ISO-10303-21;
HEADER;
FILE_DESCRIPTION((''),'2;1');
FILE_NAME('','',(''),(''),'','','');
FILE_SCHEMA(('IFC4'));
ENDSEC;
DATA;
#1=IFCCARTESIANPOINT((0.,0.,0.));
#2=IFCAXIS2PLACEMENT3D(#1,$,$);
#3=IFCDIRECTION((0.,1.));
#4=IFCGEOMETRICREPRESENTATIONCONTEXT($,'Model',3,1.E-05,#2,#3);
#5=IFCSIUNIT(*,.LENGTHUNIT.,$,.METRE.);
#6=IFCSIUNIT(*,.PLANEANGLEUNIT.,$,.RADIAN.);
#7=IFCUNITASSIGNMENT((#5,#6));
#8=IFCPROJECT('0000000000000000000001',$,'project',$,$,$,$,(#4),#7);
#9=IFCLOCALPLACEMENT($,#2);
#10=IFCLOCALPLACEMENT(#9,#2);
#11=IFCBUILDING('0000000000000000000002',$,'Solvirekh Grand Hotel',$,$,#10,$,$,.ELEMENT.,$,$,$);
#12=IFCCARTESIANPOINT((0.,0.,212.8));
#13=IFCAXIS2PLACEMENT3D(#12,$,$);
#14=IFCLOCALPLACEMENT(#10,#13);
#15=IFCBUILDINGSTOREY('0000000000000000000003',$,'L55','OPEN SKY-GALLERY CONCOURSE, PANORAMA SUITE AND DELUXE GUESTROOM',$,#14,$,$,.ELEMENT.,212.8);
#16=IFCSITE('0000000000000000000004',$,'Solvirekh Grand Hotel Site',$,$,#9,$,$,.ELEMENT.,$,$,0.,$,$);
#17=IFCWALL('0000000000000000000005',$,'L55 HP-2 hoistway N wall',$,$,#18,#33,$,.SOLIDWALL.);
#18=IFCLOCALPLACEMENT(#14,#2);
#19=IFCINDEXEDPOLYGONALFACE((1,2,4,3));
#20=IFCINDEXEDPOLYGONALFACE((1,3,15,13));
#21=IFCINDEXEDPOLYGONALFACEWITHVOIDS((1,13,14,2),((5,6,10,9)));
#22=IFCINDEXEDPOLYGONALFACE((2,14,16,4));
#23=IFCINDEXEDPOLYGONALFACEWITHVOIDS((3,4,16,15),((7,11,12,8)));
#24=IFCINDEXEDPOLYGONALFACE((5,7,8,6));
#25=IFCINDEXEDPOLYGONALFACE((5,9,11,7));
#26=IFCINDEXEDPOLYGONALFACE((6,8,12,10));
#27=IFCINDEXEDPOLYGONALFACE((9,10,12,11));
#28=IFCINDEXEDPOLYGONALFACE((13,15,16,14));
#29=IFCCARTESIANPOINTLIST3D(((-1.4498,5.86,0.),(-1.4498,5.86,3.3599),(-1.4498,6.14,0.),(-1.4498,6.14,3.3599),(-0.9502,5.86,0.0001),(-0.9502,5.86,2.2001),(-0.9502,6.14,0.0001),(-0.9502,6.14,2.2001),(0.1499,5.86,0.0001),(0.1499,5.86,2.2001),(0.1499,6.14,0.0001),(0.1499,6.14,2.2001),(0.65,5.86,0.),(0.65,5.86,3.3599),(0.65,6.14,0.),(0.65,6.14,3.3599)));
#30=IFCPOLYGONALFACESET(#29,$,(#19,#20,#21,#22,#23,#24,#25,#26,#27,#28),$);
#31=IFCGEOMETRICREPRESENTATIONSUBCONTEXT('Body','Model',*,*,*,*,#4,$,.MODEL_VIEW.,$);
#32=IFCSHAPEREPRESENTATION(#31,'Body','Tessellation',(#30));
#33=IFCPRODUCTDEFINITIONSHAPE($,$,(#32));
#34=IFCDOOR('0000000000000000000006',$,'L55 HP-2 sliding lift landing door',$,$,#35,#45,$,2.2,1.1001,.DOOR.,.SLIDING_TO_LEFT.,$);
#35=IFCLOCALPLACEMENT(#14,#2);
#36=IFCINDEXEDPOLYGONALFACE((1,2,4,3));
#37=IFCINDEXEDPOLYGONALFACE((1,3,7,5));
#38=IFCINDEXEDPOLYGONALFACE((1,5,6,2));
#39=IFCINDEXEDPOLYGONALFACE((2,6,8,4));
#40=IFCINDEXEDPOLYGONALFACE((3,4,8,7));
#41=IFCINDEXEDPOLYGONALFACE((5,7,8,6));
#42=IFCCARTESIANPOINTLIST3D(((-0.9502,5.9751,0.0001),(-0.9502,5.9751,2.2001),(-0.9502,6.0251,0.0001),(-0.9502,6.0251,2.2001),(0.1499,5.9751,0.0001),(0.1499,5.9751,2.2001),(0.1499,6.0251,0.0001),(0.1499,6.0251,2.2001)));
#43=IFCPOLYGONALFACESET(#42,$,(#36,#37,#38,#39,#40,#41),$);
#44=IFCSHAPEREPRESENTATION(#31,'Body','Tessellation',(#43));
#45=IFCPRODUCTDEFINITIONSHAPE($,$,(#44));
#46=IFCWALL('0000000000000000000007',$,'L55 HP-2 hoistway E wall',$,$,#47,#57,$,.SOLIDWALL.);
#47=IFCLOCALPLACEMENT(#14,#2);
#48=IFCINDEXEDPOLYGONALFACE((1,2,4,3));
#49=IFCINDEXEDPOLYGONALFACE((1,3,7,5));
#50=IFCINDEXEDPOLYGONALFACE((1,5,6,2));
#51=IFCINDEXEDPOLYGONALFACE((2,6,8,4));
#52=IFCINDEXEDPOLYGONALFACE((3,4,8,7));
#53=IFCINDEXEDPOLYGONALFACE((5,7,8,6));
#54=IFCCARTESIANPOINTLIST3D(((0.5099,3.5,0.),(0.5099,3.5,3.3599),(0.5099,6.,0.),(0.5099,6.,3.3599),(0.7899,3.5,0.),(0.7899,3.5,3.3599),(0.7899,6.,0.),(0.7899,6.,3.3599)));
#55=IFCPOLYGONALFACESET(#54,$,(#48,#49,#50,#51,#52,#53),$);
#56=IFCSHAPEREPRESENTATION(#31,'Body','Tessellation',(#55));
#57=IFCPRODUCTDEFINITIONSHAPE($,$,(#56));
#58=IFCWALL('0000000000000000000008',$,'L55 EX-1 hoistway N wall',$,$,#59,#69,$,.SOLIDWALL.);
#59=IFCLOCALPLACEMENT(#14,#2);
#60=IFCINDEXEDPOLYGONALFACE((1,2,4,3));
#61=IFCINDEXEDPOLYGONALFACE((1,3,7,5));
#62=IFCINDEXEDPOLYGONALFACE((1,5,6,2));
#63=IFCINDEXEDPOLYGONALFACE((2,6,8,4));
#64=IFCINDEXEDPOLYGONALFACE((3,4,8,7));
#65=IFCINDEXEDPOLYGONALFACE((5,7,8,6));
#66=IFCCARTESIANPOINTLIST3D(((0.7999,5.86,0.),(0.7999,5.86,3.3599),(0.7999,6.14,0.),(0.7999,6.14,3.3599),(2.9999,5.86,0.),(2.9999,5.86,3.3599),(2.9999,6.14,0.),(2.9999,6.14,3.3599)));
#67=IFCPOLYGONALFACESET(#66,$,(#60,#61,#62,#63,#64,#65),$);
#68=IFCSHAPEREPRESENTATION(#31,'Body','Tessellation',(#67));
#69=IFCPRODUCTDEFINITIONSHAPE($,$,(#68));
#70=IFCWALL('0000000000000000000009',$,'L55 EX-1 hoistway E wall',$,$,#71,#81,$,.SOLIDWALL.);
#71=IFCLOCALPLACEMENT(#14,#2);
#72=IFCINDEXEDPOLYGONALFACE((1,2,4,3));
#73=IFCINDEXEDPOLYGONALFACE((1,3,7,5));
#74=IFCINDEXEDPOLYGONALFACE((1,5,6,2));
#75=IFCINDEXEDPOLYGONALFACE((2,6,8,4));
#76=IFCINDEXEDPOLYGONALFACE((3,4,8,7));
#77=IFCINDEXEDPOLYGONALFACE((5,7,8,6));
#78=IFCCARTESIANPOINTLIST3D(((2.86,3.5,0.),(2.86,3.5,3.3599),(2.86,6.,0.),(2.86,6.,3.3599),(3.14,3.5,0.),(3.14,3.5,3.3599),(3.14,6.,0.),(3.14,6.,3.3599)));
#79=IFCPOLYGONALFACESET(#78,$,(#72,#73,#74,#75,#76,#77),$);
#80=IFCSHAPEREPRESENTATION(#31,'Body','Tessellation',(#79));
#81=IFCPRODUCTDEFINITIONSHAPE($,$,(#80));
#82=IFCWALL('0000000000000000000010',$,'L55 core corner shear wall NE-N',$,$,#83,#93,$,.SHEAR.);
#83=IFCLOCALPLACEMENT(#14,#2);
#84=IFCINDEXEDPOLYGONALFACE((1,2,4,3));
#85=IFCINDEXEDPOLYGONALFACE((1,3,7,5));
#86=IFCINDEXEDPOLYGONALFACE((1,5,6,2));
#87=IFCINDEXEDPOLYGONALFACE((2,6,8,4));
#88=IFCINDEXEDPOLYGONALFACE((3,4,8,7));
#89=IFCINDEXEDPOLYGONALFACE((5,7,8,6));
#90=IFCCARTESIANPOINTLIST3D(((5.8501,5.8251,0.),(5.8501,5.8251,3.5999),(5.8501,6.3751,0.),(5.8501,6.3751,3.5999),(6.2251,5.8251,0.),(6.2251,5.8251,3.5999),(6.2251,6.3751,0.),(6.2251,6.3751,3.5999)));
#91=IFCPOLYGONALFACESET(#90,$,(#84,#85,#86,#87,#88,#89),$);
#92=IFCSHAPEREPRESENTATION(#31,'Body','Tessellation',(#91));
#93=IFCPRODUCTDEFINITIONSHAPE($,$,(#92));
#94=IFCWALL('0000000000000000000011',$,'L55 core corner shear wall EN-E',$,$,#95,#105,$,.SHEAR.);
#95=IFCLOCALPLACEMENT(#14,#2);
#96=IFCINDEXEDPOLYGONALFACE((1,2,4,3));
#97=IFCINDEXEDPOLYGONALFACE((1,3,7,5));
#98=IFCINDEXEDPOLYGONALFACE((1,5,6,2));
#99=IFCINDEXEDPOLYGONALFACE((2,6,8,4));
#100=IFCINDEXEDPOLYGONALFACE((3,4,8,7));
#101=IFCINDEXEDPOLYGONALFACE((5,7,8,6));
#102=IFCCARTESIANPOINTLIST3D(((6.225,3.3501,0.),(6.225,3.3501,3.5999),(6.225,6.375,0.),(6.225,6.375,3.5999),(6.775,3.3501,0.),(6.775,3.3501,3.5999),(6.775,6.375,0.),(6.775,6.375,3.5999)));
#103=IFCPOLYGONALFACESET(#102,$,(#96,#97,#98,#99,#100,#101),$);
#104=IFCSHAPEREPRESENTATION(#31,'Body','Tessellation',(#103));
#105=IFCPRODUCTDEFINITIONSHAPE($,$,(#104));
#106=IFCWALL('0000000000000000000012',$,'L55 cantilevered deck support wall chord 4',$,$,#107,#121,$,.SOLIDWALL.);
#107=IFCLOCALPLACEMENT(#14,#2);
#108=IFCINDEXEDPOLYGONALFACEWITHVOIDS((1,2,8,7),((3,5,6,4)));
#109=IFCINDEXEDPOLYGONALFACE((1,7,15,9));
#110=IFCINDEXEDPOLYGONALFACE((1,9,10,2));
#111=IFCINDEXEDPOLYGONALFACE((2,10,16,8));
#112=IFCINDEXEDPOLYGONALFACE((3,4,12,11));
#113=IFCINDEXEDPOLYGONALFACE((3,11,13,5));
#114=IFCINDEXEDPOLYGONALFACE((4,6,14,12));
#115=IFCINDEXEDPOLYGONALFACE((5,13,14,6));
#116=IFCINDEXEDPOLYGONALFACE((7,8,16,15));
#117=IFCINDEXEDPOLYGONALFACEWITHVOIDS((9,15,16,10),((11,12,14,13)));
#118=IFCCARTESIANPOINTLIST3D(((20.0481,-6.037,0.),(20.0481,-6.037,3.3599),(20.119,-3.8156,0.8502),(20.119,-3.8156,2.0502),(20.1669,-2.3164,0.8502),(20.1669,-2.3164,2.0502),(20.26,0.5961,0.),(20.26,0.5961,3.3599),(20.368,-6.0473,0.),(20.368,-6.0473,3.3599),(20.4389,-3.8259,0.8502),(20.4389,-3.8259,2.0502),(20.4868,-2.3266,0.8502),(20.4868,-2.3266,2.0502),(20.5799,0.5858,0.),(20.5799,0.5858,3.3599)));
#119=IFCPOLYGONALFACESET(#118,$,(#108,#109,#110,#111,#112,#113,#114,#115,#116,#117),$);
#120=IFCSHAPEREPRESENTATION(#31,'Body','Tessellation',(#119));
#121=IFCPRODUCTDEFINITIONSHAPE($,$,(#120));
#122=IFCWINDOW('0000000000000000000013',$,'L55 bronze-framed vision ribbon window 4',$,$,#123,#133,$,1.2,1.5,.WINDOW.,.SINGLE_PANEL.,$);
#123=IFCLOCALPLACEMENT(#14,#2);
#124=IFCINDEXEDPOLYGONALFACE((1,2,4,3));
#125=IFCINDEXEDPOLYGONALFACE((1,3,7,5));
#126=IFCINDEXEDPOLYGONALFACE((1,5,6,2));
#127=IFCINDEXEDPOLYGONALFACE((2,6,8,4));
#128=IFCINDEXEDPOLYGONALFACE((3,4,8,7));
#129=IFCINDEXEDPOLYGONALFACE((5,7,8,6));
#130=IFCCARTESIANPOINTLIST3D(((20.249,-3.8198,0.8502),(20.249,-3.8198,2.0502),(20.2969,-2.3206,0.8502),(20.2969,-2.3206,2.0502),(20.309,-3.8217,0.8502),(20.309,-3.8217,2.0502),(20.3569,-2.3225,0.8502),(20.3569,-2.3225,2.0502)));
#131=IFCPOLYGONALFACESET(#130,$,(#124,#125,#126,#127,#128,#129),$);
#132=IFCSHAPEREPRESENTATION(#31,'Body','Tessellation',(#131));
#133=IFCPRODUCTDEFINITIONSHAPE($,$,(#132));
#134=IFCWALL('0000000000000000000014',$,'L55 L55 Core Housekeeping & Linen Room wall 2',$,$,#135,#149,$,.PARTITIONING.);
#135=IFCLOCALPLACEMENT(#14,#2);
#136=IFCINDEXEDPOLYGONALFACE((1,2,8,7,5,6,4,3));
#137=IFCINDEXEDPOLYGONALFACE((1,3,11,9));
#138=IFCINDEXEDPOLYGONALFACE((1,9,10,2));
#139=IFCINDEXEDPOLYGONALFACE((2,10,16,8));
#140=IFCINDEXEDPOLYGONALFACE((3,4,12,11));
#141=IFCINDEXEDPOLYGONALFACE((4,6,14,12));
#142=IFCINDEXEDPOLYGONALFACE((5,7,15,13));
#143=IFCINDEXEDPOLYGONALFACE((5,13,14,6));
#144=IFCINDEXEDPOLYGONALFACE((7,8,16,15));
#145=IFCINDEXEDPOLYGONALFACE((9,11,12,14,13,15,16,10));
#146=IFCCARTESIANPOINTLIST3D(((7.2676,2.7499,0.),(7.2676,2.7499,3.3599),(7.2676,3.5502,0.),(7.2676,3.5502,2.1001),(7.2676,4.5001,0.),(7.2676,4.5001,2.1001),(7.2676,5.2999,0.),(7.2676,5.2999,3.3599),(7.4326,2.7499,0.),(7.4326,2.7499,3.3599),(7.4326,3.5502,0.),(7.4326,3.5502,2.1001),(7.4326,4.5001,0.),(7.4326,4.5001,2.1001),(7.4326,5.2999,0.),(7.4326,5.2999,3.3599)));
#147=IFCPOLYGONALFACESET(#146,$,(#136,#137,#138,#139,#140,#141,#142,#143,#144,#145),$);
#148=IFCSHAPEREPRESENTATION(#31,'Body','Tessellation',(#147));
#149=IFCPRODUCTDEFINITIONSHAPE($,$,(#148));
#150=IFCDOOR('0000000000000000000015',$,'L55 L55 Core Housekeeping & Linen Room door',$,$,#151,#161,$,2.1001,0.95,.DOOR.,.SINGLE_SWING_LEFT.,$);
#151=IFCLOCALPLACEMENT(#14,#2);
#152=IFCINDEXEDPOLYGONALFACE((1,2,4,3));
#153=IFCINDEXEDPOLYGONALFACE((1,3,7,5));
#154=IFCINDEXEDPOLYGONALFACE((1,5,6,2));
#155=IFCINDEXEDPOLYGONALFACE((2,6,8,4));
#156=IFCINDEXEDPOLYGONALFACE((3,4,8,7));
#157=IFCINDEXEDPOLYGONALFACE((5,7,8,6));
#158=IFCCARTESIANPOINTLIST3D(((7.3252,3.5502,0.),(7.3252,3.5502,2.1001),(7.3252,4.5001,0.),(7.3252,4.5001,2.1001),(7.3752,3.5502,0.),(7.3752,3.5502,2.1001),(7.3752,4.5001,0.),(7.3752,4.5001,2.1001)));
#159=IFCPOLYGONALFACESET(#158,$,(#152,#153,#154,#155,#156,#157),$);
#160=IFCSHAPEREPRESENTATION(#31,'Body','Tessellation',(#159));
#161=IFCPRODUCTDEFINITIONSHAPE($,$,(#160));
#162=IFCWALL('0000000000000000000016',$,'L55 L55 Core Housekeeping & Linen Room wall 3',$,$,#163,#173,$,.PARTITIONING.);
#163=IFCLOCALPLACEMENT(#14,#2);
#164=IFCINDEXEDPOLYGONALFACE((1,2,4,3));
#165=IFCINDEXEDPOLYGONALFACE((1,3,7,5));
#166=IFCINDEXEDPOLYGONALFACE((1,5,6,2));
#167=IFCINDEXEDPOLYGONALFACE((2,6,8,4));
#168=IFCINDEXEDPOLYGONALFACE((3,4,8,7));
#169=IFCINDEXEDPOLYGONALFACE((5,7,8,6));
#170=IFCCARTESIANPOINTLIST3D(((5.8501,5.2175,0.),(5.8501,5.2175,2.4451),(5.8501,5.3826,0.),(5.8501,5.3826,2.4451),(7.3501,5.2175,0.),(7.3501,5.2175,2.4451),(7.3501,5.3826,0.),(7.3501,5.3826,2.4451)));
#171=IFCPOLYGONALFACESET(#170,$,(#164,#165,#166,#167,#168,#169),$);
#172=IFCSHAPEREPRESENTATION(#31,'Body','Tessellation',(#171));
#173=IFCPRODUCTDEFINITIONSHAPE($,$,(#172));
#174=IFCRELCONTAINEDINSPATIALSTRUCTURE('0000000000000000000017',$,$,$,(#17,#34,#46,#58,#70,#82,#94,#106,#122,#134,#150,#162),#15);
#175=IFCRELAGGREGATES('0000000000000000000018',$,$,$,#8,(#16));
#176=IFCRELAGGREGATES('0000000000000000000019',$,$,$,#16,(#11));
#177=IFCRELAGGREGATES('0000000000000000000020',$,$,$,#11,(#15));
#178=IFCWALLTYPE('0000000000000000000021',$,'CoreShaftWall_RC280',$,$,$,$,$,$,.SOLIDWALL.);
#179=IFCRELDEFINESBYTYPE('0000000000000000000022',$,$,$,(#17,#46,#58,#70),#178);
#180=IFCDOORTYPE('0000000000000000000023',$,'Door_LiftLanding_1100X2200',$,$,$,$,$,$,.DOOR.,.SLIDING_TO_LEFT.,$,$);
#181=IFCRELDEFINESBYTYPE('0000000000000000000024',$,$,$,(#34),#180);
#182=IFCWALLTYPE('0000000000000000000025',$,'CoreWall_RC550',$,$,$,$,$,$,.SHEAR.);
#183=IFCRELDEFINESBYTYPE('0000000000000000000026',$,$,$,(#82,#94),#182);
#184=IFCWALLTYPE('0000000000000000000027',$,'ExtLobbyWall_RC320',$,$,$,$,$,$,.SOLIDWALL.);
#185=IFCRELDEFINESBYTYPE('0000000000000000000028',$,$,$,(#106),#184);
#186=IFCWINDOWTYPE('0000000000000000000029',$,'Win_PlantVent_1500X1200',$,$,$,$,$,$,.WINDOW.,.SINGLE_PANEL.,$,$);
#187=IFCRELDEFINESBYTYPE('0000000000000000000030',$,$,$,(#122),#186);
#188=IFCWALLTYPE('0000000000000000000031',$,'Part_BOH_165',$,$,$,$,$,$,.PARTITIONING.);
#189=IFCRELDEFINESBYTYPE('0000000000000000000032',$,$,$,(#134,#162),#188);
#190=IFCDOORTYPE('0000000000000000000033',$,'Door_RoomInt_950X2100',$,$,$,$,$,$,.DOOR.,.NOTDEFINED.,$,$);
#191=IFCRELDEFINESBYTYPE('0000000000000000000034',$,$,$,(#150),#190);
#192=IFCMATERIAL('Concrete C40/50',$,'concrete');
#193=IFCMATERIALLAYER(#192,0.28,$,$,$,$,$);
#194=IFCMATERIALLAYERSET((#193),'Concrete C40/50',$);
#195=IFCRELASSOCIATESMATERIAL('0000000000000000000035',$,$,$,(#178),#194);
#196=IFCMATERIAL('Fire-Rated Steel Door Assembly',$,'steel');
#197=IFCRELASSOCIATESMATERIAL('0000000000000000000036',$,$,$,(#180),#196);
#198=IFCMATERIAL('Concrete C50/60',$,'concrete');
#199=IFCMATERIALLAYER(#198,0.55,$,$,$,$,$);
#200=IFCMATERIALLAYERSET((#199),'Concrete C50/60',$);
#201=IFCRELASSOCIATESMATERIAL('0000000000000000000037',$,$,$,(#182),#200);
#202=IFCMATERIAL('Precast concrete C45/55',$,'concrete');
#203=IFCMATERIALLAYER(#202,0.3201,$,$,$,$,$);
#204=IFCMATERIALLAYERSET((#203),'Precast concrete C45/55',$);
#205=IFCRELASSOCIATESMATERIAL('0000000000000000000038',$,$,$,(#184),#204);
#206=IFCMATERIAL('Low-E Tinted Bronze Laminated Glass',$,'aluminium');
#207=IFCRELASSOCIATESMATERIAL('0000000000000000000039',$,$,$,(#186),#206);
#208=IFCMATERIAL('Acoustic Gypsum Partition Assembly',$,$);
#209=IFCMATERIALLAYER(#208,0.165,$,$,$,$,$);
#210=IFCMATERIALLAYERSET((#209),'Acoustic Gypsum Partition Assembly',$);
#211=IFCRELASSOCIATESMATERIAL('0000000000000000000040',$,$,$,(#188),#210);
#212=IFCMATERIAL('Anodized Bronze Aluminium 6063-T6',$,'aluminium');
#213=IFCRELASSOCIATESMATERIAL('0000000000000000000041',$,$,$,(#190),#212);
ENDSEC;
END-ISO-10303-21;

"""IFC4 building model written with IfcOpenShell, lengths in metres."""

from ifc_helpers import new_model, si_unit, direction, frame, frame_2d, origin, place, context, subcontext, project, spatial, rectangle, extrude, material, layer, layer_set, type_object, element, fill, save


model = new_model("IFC4")

# Units and contexts
model_context = context("Model", 3, precision=1e-05, world=origin(), true_north=direction((0.0, 1.0)))
body_context = subcontext(model_context, "Body", "Model", "MODEL_VIEW")
ifc_project = project(units=[si_unit("LENGTHUNIT", "METRE"), si_unit("PLANEANGLEUNIT", "RADIAN")], contexts=[model_context])

# Site, building, storey
site_placement = place(None, origin())
site = spatial("IfcSite", under=ifc_project, at=site_placement, Name="Solvirekh Grand Hotel Site", CompositionType="ELEMENT", RefElevation=0.0)
building_placement = place(site_placement, origin())
building = spatial("IfcBuilding", under=site, at=building_placement, Name="Solvirekh Grand Hotel", CompositionType="ELEMENT")
storey_placement = place(building_placement, frame((0.0, 0.0, 212.8)))
storey = spatial("IfcBuildingStorey", under=building, at=storey_placement, Name="L55", Description="OPEN SKY-GALLERY CONCOURSE, PANORAMA SUITE AND DELUXE GUESTROOM", CompositionType="ELEMENT", Elevation=212.8)

# Shared definitions
ifc_material_1 = material(Name="Concrete C50/60", Category="concrete")

# Wall, opening, door
ifc_material_2 = material(Name="Concrete C40/50", Category="concrete")
ifc_layer_1 = layer(ifc_material_2, 0.28)
ifc_layer_set_1 = layer_set([ifc_layer_1], Name="Concrete C40/50")
wall_type_1 = type_object("IfcWallType", Name="CoreShaftWall_RC280", PredefinedType="SOLIDWALL", material=ifc_layer_set_1)
wall_1_placement = place(storey_placement, frame((0.6499, 6.0, 0.0), z_axis=(0.0, 0.0, 1.0), x_axis=(-1.0, 0.0, 0.0)))
wall_1 = element("IfcWall", 1, at=wall_1_placement, inside=storey, type_object=wall_type_1, Name="L55 HP-2 hoistway N wall", PredefinedType="SOLIDWALL", context=body_context, shape_type="SweptSolid", body=[
    extrude(rectangle(XDim=2.0999, YDim=0.28, at=frame_2d((1.0498, 0.0))), origin(), (0.0, 0.0, 1.0), 3.3599),
])
opening_1_placement = place(wall_1_placement, frame((0.5, 0.0, 0.0)))
opening_1 = element("IfcOpeningElement", 2, at=opening_1_placement, cuts=wall_1, PredefinedType="OPENING", context=body_context, shape_type="SweptSolid", body=[
    extrude(rectangle(XDim=1.1001, YDim=2.2, at=frame_2d((0.55, 1.1001))), frame((0.0, 0.1499, 0.0), z_axis=(0.0, -1.0, 0.0), x_axis=(1.0, 0.0, 0.0)), (0.0, 0.0, 1.0), 0.3),
])
ifc_material_3 = material(Name="Fire-Rated Steel Door Assembly", Category="steel")
door_type_1 = type_object("IfcDoorType", Name="Door_LiftLanding_1100X2200", OperationType="SLIDING_TO_LEFT", PredefinedType="DOOR", material=ifc_material_3)
door_1_placement = place(opening_1_placement, origin())
door_1 = element("IfcDoor", 3, at=door_1_placement, inside=storey, type_object=door_type_1, Name="L55 HP-2 sliding lift landing door", OperationType="SLIDING_TO_LEFT", OverallHeight=2.2, OverallWidth=1.1001, PredefinedType="DOOR", context=body_context, shape_type="SweptSolid", body=[
    extrude(rectangle(XDim=1.1001, YDim=2.2, at=frame_2d((0.55, 1.1001))), frame((0.0, 0.0249, 0.0), z_axis=(0.0, -1.0, 0.0), x_axis=(1.0, 0.0, 0.0)), (0.0, 0.0, 1.0), 0.05),
])
fill(opening_1, door_1)

# Walls
wall_2_placement = place(storey_placement, frame((0.6499, 3.5, 0.0), z_axis=(0.0, 0.0, 1.0), x_axis=(0.0, 1.0, 0.0)))
element("IfcWall", 4, at=wall_2_placement, inside=storey, type_object=wall_type_1, Name="L55 HP-2 hoistway E wall", PredefinedType="SOLIDWALL", context=body_context, shape_type="SweptSolid", body=[
    extrude(rectangle(XDim=2.5, YDim=0.28, at=frame_2d((1.25, 0.0))), origin(), (0.0, 0.0, 1.0), 3.3599),
])
wall_3_placement = place(storey_placement, frame((3.0, 6.0, 0.0), z_axis=(0.0, 0.0, 1.0), x_axis=(-1.0, 0.0, 0.0)))
element("IfcWall", 5, at=wall_3_placement, inside=storey, type_object=wall_type_1, Name="L55 EX-1 hoistway N wall", PredefinedType="SOLIDWALL", context=body_context, shape_type="SweptSolid", body=[
    extrude(rectangle(XDim=2.2, YDim=0.28, at=frame_2d((1.1001, 0.0))), origin(), (0.0, 0.0, 1.0), 3.3599),
])
wall_4_placement = place(storey_placement, frame((3.0, 3.5, 0.0), z_axis=(0.0, 0.0, 1.0), x_axis=(0.0, 1.0, 0.0)))
element("IfcWall", 6, at=wall_4_placement, inside=storey, type_object=wall_type_1, Name="L55 EX-1 hoistway E wall", PredefinedType="SOLIDWALL", context=body_context, shape_type="SweptSolid", body=[
    extrude(rectangle(XDim=2.5, YDim=0.28, at=frame_2d((1.25, 0.0))), origin(), (0.0, 0.0, 1.0), 3.3599),
])
ifc_layer_2 = layer(ifc_material_1, 0.55)
ifc_layer_set_2 = layer_set([ifc_layer_2], Name="Concrete C50/60")
wall_type_2 = type_object("IfcWallType", Name="CoreWall_RC550", PredefinedType="SHEAR", material=ifc_layer_set_2)
wall_5_placement = place(storey_placement, frame((5.8501, 6.1001, 0.0), z_axis=(0.0, 0.0, 1.0), x_axis=(1.0, 0.0, 0.0)))
element("IfcWall", 7, at=wall_5_placement, inside=storey, type_object=wall_type_2, Name="L55 core corner shear wall NE-N", PredefinedType="SHEAR", context=body_context, shape_type="SweptSolid", body=[
    extrude(rectangle(XDim=0.375, YDim=0.55, at=frame_2d((0.1875, 0.0))), origin(), (0.0, 0.0, 1.0), 3.5999),
])
wall_6_placement = place(storey_placement, frame((6.5, 3.3501, 0.0), z_axis=(0.0, 0.0, 1.0), x_axis=(0.0, 1.0, 0.0)))
element("IfcWall", 8, at=wall_6_placement, inside=storey, type_object=wall_type_2, Name="L55 core corner shear wall EN-E", PredefinedType="SHEAR", context=body_context, shape_type="SweptSolid", body=[
    extrude(rectangle(XDim=3.0249, YDim=0.55, at=frame_2d((1.5125, 0.0))), origin(), (0.0, 0.0, 1.0), 3.5999),
])

# Wall, opening, window
ifc_material_4 = material(Name="Precast concrete C45/55", Category="concrete")
ifc_layer_3 = layer(ifc_material_4, 0.3201)
ifc_layer_set_3 = layer_set([ifc_layer_3], Name="Precast concrete C45/55")
wall_type_3 = type_object("IfcWallType", Name="ExtLobbyWall_RC320", PredefinedType="SOLIDWALL", material=ifc_layer_set_3)
wall_7_placement = place(storey_placement, frame((20.4199, 0.5911, 0.0), z_axis=(0.0, 0.0, 1.0), x_axis=(-0.031932, -0.99949, 0.0)))
wall_7 = element("IfcWall", 9, at=wall_7_placement, inside=storey, type_object=wall_type_3, Name="L55 cantilevered deck support wall chord 4", PredefinedType="SOLIDWALL", context=body_context, shape_type="SweptSolid", body=[
    extrude(rectangle(XDim=6.6365, YDim=0.3201, at=frame_2d((3.3184, 0.0))), origin(), (0.0, 0.0, 1.0), 3.3599),
])
opening_2_placement = place(wall_7_placement, frame((2.9141, 0.0, 0.8501)))
opening_2 = element("IfcOpeningElement", 10, at=opening_2_placement, cuts=wall_7, PredefinedType="OPENING", context=body_context, shape_type="SweptSolid", body=[
    extrude(rectangle(XDim=1.5, YDim=1.2, at=frame_2d((0.75, 0.6001))), frame((0.0, 0.1699, 0.0), z_axis=(0.0, -1.0, 0.0), x_axis=(1.0, 0.0, 0.0)), (0.0, 0.0, 1.0), 0.3401),
])
ifc_material_5 = material(Name="Low-E Tinted Bronze Laminated Glass", Category="aluminium")
window_type = type_object("IfcWindowType", Name="Win_PlantVent_1500X1200", PartitioningType="SINGLE_PANEL", PredefinedType="WINDOW", material=ifc_material_5)
window_placement = place(opening_2_placement, origin())
window = element("IfcWindow", 11, at=window_placement, inside=storey, type_object=window_type, Name="L55 bronze-framed vision ribbon window 4", OverallHeight=1.2, OverallWidth=1.5, PartitioningType="SINGLE_PANEL", PredefinedType="WINDOW", context=body_context, shape_type="SweptSolid", body=[
    extrude(rectangle(XDim=1.5, YDim=1.2, at=frame_2d((0.75, 0.6001))), frame((0.0, 0.03, 0.0), z_axis=(0.0, -1.0, 0.0), x_axis=(1.0, 0.0, 0.0)), (0.0, 0.0, 1.0), 0.0601),
])
fill(opening_2, window)

# Wall, opening, door
ifc_material_6 = material(Name="Acoustic Gypsum Partition Assembly")
ifc_layer_4 = layer(ifc_material_6, 0.165)
ifc_layer_set_4 = layer_set([ifc_layer_4], Name="Acoustic Gypsum Partition Assembly")
wall_type_4 = type_object("IfcWallType", Name="Part_BOH_165", PredefinedType="PARTITIONING", material=ifc_layer_set_4)
wall_8_placement = place(storey_placement, frame((7.3501, 2.75, 0.0), z_axis=(0.0, 0.0, 1.0), x_axis=(0.0, 1.0, 0.0)))
wall_8 = element("IfcWall", 12, at=wall_8_placement, inside=storey, type_object=wall_type_4, Name="L55 L55 Core Housekeeping & Linen Room wall 2", PredefinedType="PARTITIONING", context=body_context, shape_type="SweptSolid", body=[
    extrude(rectangle(XDim=2.55, YDim=0.165, at=frame_2d((1.2749, 0.0))), origin(), (0.0, 0.0, 1.0), 3.3599),
])
opening_3_placement = place(wall_8_placement, frame((0.8, 0.0, 0.0)))
opening_3 = element("IfcOpeningElement", 13, at=opening_3_placement, cuts=wall_8, PredefinedType="OPENING", context=body_context, shape_type="SweptSolid", body=[
    extrude(rectangle(XDim=0.95, YDim=2.1001, at=frame_2d((0.4751, 1.05))), frame((0.0, 0.0925, 0.0), z_axis=(0.0, -1.0, 0.0), x_axis=(1.0, 0.0, 0.0)), (0.0, 0.0, 1.0), 0.1851),
])
ifc_material_7 = material(Name="Anodized Bronze Aluminium 6063-T6", Category="aluminium")
door_type_2 = type_object("IfcDoorType", Name="Door_RoomInt_950X2100", OperationType="NOTDEFINED", PredefinedType="DOOR", material=ifc_material_7)
door_2_placement = place(opening_3_placement, origin())
door_2 = element("IfcDoor", 14, at=door_2_placement, inside=storey, type_object=door_type_2, Name="L55 L55 Core Housekeeping & Linen Room door", OperationType="SINGLE_SWING_LEFT", OverallHeight=2.1001, OverallWidth=0.95, PredefinedType="DOOR", context=body_context, shape_type="SweptSolid", body=[
    extrude(rectangle(XDim=0.95, YDim=2.1001, at=frame_2d((0.4751, 1.05))), frame((0.0, 0.0249, 0.0), z_axis=(0.0, -1.0, 0.0), x_axis=(1.0, 0.0, 0.0)), (0.0, 0.0, 1.0), 0.05),
])
fill(opening_3, door_2)

# Wall
wall_9_placement = place(storey_placement, frame((7.3501, 5.3, 0.0), z_axis=(0.0, 0.0, 1.0), x_axis=(-1.0, 0.0, 0.0)))
element("IfcWall", 15, at=wall_9_placement, inside=storey, type_object=wall_type_4, Name="L55 L55 Core Housekeeping & Linen Room wall 3", PredefinedType="PARTITIONING", context=body_context, shape_type="SweptSolid", body=[
    extrude(rectangle(XDim=1.5, YDim=0.165, at=frame_2d((0.75, 0.0))), origin(), (0.0, 0.0, 1.0), 2.4451),
])

save(model, "model.ifc")
